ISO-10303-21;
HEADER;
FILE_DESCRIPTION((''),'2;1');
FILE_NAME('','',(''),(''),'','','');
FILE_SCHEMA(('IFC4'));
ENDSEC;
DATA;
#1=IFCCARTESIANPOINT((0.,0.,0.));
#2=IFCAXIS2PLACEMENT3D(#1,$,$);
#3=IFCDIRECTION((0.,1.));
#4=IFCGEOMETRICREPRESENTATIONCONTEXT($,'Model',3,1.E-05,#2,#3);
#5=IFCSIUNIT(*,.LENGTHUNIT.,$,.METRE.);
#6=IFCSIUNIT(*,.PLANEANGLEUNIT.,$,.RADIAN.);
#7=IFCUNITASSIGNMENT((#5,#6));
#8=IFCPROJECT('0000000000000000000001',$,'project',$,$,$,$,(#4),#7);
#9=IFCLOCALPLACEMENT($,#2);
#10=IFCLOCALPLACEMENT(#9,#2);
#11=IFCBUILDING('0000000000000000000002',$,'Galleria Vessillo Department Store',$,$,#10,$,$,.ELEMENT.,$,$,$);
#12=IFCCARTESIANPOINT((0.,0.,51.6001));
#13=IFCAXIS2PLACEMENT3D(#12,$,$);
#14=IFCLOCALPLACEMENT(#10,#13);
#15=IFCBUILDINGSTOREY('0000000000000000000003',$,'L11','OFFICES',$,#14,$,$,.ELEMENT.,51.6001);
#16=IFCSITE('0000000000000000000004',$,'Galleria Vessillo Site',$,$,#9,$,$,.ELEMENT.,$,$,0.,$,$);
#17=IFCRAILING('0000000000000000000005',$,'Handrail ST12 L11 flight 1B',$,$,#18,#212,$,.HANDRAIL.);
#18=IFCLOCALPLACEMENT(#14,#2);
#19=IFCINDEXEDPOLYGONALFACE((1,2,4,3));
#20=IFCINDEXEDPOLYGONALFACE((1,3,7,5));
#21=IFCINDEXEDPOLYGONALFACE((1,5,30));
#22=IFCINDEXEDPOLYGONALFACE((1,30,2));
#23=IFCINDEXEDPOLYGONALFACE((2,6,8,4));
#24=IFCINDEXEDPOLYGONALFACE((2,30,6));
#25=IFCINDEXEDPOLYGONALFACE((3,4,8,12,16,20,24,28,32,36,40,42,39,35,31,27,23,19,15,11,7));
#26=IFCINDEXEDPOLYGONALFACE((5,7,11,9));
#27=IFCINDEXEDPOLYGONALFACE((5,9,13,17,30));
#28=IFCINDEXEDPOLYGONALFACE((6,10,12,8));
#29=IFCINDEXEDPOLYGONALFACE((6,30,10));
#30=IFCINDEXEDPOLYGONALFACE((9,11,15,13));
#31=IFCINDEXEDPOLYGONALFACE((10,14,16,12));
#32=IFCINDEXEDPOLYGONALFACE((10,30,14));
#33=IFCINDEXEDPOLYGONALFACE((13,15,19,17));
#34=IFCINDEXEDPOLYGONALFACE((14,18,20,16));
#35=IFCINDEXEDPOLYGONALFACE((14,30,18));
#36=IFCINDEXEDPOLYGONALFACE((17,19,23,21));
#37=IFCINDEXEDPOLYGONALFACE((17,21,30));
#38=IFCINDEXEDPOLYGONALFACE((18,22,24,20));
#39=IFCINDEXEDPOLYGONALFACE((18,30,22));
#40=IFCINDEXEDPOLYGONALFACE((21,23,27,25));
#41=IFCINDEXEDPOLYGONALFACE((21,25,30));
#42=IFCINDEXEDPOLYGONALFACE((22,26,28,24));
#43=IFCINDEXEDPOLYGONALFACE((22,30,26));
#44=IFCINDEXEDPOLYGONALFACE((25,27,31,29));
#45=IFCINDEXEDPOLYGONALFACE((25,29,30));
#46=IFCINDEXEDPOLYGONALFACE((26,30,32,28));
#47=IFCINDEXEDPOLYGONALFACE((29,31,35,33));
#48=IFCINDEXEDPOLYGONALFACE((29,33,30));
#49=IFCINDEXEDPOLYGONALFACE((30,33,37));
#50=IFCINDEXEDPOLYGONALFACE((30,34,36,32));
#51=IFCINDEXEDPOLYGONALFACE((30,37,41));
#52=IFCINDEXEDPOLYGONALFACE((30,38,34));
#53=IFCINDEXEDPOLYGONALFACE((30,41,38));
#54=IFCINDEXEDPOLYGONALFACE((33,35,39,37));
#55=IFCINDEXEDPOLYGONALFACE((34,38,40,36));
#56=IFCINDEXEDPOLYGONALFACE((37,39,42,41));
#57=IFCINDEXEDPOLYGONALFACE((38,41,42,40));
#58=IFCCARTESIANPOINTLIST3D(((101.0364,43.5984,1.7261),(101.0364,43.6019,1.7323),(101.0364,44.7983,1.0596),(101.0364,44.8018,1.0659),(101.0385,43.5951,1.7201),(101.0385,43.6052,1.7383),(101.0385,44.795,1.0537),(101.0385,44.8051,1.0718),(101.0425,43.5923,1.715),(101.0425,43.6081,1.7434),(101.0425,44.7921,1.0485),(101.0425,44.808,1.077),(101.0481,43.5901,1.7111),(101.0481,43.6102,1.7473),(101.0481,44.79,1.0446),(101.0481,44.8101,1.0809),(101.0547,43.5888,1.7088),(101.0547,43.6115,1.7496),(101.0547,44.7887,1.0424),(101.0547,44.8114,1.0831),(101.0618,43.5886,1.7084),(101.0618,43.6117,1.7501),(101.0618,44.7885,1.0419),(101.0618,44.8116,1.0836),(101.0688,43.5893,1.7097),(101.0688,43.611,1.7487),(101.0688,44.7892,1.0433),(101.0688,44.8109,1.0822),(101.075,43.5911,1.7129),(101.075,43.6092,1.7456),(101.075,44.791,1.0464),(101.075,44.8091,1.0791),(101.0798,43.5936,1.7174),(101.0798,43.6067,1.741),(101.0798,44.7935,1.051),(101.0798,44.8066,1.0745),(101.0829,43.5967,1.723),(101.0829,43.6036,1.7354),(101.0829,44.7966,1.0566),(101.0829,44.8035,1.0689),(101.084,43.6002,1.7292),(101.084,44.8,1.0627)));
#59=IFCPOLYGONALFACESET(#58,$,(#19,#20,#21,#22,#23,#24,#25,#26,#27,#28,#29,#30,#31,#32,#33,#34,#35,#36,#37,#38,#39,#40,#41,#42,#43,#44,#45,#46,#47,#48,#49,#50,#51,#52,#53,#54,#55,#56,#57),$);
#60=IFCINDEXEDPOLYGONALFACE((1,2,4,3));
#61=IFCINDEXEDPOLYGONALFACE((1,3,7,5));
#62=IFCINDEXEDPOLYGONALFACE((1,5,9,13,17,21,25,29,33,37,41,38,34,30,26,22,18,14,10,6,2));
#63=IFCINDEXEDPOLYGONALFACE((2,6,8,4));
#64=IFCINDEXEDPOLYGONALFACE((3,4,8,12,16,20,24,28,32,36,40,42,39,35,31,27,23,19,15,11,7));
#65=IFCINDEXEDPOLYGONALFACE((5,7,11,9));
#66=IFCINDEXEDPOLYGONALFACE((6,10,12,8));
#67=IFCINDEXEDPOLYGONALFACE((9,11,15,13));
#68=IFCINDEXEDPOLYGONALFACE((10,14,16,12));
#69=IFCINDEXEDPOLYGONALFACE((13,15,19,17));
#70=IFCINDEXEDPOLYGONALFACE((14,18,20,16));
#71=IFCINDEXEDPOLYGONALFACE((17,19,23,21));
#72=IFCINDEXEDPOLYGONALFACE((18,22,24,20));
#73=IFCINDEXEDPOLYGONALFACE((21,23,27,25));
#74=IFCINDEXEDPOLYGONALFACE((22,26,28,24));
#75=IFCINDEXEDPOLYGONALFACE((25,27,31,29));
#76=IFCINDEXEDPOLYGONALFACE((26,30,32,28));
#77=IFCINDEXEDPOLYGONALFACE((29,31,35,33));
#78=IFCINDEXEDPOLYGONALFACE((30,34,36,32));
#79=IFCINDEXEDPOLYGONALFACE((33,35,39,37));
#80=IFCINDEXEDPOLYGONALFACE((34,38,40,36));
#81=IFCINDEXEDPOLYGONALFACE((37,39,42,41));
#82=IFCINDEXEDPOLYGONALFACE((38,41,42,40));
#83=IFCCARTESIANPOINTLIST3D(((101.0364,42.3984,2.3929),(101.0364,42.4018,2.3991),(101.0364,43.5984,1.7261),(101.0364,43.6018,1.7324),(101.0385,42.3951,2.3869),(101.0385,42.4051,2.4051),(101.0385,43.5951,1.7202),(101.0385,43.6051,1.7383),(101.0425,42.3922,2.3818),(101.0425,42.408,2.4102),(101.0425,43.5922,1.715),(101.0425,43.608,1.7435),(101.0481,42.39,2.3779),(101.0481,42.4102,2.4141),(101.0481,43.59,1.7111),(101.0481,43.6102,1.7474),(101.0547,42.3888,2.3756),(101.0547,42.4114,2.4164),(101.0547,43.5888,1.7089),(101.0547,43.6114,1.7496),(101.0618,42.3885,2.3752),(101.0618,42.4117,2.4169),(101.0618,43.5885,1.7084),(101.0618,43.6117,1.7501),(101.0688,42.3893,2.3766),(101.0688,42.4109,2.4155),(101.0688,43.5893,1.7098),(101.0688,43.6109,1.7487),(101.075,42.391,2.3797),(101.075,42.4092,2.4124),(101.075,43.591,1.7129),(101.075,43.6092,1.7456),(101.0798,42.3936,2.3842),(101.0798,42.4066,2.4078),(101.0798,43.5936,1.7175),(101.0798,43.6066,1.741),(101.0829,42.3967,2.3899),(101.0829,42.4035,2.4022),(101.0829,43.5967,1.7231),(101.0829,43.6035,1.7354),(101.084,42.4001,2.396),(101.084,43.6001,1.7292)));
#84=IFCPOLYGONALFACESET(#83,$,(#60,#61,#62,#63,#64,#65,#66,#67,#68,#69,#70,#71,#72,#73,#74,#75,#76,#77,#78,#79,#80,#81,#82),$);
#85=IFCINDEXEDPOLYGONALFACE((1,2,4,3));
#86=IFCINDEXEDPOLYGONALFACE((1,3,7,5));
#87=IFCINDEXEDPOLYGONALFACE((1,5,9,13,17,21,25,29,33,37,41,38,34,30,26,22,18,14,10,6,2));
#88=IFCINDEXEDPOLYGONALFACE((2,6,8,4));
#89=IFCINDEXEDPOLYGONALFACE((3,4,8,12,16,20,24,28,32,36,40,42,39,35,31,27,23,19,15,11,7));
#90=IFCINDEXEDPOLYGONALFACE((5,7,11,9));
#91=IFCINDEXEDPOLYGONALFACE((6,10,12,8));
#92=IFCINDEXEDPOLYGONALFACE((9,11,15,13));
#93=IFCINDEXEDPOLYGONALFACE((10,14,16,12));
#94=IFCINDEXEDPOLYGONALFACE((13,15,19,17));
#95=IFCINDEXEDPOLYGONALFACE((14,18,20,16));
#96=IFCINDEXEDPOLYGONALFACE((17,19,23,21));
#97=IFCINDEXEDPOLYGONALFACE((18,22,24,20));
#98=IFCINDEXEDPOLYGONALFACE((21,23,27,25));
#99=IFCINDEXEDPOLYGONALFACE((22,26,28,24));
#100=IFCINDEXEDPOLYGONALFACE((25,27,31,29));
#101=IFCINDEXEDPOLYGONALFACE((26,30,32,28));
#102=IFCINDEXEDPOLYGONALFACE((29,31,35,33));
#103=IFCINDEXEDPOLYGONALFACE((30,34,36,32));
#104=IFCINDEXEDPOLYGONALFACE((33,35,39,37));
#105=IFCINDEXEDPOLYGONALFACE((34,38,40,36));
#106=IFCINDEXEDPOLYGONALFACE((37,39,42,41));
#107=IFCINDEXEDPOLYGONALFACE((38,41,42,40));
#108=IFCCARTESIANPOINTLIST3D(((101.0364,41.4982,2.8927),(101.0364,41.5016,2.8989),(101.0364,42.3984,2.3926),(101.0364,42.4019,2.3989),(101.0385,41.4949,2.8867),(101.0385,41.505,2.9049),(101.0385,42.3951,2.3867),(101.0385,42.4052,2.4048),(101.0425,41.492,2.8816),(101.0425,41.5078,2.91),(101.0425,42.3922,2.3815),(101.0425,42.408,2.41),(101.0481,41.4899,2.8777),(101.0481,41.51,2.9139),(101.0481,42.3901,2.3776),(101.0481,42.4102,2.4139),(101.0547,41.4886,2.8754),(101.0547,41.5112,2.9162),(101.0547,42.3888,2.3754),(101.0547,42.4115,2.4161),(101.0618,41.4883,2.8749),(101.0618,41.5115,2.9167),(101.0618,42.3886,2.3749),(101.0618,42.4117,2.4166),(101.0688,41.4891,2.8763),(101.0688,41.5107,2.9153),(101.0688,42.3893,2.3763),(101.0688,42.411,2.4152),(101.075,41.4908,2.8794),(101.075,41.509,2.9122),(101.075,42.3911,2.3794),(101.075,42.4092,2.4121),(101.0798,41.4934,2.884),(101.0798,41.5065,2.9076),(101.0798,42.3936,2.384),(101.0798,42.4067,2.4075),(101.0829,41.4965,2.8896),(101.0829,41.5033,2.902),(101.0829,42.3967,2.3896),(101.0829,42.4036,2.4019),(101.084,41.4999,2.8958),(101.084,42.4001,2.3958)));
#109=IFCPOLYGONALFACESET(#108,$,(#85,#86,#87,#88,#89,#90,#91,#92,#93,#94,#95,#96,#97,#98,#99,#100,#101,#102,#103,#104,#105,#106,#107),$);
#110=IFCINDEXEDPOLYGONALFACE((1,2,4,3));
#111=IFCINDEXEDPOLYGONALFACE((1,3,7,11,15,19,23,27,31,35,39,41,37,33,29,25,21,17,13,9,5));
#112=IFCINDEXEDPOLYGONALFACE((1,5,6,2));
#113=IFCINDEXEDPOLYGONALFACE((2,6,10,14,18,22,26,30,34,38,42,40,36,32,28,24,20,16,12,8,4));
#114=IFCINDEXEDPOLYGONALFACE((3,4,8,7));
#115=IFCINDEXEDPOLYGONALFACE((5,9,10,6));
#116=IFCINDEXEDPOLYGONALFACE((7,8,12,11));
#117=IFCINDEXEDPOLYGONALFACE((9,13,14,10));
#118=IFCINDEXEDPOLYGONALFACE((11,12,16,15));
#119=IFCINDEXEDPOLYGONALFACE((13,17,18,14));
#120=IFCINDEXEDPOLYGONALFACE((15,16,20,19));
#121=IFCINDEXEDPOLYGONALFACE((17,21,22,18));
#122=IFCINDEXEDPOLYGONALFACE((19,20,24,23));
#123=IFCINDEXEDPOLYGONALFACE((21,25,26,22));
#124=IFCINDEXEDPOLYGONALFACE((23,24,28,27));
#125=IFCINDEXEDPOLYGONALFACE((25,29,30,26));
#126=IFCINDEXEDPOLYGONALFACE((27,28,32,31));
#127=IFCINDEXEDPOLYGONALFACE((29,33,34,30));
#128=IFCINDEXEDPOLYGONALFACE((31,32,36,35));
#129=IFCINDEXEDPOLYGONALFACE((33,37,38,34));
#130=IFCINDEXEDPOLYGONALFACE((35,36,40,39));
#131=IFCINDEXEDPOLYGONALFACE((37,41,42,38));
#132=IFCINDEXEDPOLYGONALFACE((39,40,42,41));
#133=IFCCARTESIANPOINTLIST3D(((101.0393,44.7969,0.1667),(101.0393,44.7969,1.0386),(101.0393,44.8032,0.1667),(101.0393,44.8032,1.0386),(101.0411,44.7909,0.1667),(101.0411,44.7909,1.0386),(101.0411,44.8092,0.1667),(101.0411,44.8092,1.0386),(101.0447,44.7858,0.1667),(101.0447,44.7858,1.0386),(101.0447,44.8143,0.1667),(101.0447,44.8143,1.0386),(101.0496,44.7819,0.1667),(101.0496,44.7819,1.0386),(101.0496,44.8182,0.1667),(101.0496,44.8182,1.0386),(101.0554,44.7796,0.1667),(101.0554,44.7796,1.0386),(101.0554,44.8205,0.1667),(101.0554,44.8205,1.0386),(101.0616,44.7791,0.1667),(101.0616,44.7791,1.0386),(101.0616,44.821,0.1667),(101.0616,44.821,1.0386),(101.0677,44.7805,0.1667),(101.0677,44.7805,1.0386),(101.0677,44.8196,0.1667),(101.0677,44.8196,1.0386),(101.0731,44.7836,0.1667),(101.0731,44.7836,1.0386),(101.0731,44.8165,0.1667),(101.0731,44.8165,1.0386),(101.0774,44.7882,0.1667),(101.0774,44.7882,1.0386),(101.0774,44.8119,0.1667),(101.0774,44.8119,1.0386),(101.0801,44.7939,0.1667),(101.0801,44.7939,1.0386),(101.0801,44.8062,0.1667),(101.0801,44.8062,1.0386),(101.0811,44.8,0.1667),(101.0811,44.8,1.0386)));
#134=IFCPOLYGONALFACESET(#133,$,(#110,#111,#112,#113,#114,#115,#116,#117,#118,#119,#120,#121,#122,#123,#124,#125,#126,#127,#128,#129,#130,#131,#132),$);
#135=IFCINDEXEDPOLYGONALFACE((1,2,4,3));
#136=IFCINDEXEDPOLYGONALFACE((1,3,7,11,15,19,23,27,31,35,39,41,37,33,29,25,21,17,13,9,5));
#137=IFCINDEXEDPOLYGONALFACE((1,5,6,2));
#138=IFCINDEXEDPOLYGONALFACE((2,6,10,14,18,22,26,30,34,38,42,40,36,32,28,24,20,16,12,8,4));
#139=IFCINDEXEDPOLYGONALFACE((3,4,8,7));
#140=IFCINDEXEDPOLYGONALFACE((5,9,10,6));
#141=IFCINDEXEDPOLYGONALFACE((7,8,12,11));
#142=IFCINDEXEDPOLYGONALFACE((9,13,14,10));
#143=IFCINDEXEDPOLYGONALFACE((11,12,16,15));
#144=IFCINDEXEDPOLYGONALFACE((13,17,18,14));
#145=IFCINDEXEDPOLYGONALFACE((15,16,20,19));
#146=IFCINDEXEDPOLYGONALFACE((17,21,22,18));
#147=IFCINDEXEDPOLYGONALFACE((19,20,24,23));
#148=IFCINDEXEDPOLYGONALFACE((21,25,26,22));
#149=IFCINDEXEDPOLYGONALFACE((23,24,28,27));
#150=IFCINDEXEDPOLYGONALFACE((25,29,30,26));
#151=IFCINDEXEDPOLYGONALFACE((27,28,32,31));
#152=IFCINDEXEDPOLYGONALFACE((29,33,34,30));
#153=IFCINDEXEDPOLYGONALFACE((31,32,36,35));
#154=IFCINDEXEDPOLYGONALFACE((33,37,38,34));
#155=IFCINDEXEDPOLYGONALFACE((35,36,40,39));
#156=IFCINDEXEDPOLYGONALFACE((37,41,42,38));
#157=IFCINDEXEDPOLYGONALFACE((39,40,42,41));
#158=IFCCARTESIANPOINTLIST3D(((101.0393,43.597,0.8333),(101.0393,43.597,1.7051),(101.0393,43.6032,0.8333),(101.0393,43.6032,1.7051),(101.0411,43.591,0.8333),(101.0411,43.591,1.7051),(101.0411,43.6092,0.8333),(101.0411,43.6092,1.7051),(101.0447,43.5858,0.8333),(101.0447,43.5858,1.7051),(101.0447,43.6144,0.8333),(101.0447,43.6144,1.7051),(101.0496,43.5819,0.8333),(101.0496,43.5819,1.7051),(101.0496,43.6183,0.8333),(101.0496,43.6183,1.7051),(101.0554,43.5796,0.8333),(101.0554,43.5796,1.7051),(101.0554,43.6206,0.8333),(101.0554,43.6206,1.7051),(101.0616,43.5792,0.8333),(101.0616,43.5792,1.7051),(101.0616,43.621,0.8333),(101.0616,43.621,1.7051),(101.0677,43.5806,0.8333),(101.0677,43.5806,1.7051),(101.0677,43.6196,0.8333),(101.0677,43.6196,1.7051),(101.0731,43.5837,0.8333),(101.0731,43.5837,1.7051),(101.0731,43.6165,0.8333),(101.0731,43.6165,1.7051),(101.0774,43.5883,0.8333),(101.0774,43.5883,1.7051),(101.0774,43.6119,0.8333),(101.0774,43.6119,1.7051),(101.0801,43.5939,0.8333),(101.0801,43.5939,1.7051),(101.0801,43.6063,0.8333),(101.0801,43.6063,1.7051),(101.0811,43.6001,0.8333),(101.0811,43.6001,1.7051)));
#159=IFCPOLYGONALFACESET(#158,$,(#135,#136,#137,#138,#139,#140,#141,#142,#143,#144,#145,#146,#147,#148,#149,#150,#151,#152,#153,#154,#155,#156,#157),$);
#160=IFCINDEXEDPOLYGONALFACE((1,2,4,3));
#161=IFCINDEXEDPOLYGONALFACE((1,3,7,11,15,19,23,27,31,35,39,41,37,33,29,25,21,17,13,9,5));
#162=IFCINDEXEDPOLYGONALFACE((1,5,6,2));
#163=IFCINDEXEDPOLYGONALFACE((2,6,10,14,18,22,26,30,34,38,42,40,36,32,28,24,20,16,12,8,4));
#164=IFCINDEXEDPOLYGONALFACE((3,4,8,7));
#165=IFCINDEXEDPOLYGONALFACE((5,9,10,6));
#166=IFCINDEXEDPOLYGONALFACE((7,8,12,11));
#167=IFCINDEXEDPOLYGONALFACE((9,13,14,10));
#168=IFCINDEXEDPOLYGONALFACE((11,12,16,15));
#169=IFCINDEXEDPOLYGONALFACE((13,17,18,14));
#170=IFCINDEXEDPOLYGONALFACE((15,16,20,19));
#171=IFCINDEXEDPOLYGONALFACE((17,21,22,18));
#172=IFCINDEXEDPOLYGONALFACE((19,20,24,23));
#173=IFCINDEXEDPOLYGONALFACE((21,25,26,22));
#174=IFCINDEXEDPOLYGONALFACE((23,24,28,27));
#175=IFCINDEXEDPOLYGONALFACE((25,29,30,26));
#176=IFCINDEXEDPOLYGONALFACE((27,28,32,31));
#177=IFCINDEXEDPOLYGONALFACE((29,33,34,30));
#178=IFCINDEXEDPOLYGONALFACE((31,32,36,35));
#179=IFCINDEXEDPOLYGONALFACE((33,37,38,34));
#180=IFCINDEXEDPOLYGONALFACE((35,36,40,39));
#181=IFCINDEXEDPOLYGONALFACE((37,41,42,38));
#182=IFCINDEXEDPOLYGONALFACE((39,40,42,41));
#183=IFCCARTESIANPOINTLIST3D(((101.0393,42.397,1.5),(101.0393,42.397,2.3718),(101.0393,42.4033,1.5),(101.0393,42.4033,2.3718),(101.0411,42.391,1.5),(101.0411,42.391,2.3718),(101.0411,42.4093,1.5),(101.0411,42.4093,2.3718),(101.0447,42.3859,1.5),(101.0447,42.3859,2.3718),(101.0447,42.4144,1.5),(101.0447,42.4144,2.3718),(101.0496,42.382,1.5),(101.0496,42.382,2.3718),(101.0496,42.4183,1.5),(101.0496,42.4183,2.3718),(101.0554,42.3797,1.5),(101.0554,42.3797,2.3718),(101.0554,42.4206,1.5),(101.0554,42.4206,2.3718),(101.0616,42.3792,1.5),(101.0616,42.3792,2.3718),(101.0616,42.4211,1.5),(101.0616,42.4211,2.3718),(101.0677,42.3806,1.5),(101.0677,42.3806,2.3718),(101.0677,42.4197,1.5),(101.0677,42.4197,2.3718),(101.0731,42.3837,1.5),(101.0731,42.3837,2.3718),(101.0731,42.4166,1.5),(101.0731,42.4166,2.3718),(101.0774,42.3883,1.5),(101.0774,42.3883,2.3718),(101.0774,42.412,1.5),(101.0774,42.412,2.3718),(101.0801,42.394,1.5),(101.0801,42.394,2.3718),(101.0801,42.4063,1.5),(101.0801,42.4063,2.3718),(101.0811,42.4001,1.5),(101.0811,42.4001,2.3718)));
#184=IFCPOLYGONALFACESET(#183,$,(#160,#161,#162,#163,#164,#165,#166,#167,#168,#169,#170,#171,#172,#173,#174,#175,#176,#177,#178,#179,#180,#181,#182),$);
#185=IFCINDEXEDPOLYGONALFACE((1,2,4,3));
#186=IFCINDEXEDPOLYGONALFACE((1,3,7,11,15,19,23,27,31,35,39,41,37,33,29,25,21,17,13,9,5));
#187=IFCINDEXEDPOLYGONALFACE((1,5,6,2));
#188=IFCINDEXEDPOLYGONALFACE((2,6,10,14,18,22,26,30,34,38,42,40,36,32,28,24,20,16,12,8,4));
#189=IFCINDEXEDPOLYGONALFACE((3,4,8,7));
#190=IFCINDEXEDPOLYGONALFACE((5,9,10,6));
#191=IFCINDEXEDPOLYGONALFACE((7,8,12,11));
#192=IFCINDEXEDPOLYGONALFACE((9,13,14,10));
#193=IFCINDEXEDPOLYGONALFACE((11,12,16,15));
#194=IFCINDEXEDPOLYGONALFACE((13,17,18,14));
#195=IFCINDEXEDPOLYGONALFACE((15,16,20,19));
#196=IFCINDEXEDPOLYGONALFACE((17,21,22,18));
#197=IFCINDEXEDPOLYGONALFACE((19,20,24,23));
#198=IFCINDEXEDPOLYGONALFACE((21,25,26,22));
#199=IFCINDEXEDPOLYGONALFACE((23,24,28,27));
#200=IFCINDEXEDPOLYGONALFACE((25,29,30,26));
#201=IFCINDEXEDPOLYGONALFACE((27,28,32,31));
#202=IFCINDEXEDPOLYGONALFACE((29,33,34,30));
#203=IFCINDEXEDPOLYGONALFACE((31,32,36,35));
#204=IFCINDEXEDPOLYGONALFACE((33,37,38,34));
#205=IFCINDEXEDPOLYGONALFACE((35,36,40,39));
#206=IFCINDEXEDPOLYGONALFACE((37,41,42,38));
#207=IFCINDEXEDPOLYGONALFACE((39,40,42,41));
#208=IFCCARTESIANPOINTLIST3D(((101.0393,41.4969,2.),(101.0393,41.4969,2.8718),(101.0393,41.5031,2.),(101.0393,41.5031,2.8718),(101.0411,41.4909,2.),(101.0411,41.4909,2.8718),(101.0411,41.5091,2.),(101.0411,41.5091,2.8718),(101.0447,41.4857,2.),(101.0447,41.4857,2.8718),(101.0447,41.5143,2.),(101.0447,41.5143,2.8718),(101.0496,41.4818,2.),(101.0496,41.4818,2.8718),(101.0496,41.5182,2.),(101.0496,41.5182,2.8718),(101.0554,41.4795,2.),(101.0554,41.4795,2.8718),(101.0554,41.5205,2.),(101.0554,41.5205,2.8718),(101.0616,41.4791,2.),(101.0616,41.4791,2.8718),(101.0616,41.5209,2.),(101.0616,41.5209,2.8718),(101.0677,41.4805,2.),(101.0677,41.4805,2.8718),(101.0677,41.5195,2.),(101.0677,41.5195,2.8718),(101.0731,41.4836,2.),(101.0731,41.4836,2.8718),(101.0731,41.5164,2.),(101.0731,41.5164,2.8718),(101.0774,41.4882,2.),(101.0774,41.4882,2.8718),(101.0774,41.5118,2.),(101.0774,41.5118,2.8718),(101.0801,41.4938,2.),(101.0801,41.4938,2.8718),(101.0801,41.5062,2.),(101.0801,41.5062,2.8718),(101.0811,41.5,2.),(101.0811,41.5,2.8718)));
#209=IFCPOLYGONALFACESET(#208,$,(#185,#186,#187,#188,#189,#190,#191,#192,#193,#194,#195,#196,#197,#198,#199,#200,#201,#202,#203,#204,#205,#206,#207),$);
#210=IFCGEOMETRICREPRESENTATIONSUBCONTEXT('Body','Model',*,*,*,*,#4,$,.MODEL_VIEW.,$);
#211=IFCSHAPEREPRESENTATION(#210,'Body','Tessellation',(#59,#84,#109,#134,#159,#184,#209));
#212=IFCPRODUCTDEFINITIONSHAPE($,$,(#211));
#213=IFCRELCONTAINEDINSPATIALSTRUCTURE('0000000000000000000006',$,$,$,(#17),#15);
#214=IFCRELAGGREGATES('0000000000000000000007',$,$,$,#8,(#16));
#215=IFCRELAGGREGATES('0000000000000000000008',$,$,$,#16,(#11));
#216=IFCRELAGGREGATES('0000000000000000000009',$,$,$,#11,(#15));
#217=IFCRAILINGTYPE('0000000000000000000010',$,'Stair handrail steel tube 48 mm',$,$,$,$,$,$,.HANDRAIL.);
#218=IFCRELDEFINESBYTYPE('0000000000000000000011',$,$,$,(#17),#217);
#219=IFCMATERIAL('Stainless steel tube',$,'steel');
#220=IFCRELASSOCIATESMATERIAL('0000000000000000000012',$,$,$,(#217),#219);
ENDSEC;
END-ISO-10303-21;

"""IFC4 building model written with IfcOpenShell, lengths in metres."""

from ifc_helpers import new_model, si_unit, direction, frame, origin, origin_2d, place, context, subcontext, project, spatial, circle, extrude, material, type_object, element, save


model = new_model("IFC4")

# Units and contexts
model_context = context("Model", 3, precision=1e-05, world=origin(), true_north=direction((0.0, 1.0)))
body_context = subcontext(model_context, "Body", "Model", "MODEL_VIEW")
ifc_project = project(units=[si_unit("LENGTHUNIT", "METRE"), si_unit("PLANEANGLEUNIT", "RADIAN")], contexts=[model_context])

# Site, building, storey
site_placement = place(None, origin())
site = spatial("IfcSite", under=ifc_project, at=site_placement, Name="Galleria Vessillo Site", CompositionType="ELEMENT", RefElevation=0.0)
building_placement = place(site_placement, origin())
building = spatial("IfcBuilding", under=site, at=building_placement, Name="Galleria Vessillo Department Store", CompositionType="ELEMENT")
storey_placement = place(building_placement, frame((0.0, 0.0, 51.6001)))
storey = spatial("IfcBuildingStorey", under=building, at=storey_placement, Name="L11", Description="OFFICES", CompositionType="ELEMENT", Elevation=51.6001)

# Railing
ifc_material_1 = material(Name="Stainless steel tube", Category="steel")
railing_type = type_object("IfcRailingType", Name="Stair handrail steel tube 48 mm", PredefinedType="HANDRAIL", material=ifc_material_1)
for number, where, name in (
    (1, (101.0601, 44.8, 0.1667), "Handrail ST12 L11 flight 1B"),
):
    element("IfcRailing", number, at=place(storey_placement, frame(where)), inside=storey, type_object=railing_type, Name=name, PredefinedType="HANDRAIL", context=body_context, shape_type="SweptSolid", body=[
        extrude(circle(Radius=0.0239, at=origin_2d()), frame((0.0, 0.0, 0.896), z_axis=(0.0, -0.874199, 0.485567), x_axis=(1.0, 0.0, 0.0)), (0.0, 0.0, 1.0), 1.3726),
        extrude(circle(Radius=0.0239, at=origin_2d()), frame((0.0, -1.2, 1.5625), z_axis=(0.0, -0.874124, 0.485703), x_axis=(1.0, 0.0, 0.0)), (0.0, 0.0, 1.0), 1.3728),
        extrude(circle(Radius=0.0239, at=origin_2d()), frame((0.0, -2.3999, 2.229), z_axis=(0.0, -0.874191, 0.485583), x_axis=(1.0, 0.0, 0.0)), (0.0, 0.0, 1.0), 1.0298),
        extrude(circle(Radius=0.021, at=origin_2d()), origin(), (0.0, 0.0, 1.0), 0.8718),
        extrude(circle(Radius=0.021, at=origin_2d()), frame((0.0, -1.2, 0.6665)), (0.0, 0.0, 1.0), 0.8718),
        extrude(circle(Radius=0.021, at=origin_2d()), frame((0.0, -2.3999, 1.3333)), (0.0, 0.0, 1.0), 0.8718),
        extrude(circle(Radius=0.021, at=origin_2d()), frame((0.0, -3.3, 1.8333)), (0.0, 0.0, 1.0), 0.8718),
    ])

save(model, "model.ifc")
